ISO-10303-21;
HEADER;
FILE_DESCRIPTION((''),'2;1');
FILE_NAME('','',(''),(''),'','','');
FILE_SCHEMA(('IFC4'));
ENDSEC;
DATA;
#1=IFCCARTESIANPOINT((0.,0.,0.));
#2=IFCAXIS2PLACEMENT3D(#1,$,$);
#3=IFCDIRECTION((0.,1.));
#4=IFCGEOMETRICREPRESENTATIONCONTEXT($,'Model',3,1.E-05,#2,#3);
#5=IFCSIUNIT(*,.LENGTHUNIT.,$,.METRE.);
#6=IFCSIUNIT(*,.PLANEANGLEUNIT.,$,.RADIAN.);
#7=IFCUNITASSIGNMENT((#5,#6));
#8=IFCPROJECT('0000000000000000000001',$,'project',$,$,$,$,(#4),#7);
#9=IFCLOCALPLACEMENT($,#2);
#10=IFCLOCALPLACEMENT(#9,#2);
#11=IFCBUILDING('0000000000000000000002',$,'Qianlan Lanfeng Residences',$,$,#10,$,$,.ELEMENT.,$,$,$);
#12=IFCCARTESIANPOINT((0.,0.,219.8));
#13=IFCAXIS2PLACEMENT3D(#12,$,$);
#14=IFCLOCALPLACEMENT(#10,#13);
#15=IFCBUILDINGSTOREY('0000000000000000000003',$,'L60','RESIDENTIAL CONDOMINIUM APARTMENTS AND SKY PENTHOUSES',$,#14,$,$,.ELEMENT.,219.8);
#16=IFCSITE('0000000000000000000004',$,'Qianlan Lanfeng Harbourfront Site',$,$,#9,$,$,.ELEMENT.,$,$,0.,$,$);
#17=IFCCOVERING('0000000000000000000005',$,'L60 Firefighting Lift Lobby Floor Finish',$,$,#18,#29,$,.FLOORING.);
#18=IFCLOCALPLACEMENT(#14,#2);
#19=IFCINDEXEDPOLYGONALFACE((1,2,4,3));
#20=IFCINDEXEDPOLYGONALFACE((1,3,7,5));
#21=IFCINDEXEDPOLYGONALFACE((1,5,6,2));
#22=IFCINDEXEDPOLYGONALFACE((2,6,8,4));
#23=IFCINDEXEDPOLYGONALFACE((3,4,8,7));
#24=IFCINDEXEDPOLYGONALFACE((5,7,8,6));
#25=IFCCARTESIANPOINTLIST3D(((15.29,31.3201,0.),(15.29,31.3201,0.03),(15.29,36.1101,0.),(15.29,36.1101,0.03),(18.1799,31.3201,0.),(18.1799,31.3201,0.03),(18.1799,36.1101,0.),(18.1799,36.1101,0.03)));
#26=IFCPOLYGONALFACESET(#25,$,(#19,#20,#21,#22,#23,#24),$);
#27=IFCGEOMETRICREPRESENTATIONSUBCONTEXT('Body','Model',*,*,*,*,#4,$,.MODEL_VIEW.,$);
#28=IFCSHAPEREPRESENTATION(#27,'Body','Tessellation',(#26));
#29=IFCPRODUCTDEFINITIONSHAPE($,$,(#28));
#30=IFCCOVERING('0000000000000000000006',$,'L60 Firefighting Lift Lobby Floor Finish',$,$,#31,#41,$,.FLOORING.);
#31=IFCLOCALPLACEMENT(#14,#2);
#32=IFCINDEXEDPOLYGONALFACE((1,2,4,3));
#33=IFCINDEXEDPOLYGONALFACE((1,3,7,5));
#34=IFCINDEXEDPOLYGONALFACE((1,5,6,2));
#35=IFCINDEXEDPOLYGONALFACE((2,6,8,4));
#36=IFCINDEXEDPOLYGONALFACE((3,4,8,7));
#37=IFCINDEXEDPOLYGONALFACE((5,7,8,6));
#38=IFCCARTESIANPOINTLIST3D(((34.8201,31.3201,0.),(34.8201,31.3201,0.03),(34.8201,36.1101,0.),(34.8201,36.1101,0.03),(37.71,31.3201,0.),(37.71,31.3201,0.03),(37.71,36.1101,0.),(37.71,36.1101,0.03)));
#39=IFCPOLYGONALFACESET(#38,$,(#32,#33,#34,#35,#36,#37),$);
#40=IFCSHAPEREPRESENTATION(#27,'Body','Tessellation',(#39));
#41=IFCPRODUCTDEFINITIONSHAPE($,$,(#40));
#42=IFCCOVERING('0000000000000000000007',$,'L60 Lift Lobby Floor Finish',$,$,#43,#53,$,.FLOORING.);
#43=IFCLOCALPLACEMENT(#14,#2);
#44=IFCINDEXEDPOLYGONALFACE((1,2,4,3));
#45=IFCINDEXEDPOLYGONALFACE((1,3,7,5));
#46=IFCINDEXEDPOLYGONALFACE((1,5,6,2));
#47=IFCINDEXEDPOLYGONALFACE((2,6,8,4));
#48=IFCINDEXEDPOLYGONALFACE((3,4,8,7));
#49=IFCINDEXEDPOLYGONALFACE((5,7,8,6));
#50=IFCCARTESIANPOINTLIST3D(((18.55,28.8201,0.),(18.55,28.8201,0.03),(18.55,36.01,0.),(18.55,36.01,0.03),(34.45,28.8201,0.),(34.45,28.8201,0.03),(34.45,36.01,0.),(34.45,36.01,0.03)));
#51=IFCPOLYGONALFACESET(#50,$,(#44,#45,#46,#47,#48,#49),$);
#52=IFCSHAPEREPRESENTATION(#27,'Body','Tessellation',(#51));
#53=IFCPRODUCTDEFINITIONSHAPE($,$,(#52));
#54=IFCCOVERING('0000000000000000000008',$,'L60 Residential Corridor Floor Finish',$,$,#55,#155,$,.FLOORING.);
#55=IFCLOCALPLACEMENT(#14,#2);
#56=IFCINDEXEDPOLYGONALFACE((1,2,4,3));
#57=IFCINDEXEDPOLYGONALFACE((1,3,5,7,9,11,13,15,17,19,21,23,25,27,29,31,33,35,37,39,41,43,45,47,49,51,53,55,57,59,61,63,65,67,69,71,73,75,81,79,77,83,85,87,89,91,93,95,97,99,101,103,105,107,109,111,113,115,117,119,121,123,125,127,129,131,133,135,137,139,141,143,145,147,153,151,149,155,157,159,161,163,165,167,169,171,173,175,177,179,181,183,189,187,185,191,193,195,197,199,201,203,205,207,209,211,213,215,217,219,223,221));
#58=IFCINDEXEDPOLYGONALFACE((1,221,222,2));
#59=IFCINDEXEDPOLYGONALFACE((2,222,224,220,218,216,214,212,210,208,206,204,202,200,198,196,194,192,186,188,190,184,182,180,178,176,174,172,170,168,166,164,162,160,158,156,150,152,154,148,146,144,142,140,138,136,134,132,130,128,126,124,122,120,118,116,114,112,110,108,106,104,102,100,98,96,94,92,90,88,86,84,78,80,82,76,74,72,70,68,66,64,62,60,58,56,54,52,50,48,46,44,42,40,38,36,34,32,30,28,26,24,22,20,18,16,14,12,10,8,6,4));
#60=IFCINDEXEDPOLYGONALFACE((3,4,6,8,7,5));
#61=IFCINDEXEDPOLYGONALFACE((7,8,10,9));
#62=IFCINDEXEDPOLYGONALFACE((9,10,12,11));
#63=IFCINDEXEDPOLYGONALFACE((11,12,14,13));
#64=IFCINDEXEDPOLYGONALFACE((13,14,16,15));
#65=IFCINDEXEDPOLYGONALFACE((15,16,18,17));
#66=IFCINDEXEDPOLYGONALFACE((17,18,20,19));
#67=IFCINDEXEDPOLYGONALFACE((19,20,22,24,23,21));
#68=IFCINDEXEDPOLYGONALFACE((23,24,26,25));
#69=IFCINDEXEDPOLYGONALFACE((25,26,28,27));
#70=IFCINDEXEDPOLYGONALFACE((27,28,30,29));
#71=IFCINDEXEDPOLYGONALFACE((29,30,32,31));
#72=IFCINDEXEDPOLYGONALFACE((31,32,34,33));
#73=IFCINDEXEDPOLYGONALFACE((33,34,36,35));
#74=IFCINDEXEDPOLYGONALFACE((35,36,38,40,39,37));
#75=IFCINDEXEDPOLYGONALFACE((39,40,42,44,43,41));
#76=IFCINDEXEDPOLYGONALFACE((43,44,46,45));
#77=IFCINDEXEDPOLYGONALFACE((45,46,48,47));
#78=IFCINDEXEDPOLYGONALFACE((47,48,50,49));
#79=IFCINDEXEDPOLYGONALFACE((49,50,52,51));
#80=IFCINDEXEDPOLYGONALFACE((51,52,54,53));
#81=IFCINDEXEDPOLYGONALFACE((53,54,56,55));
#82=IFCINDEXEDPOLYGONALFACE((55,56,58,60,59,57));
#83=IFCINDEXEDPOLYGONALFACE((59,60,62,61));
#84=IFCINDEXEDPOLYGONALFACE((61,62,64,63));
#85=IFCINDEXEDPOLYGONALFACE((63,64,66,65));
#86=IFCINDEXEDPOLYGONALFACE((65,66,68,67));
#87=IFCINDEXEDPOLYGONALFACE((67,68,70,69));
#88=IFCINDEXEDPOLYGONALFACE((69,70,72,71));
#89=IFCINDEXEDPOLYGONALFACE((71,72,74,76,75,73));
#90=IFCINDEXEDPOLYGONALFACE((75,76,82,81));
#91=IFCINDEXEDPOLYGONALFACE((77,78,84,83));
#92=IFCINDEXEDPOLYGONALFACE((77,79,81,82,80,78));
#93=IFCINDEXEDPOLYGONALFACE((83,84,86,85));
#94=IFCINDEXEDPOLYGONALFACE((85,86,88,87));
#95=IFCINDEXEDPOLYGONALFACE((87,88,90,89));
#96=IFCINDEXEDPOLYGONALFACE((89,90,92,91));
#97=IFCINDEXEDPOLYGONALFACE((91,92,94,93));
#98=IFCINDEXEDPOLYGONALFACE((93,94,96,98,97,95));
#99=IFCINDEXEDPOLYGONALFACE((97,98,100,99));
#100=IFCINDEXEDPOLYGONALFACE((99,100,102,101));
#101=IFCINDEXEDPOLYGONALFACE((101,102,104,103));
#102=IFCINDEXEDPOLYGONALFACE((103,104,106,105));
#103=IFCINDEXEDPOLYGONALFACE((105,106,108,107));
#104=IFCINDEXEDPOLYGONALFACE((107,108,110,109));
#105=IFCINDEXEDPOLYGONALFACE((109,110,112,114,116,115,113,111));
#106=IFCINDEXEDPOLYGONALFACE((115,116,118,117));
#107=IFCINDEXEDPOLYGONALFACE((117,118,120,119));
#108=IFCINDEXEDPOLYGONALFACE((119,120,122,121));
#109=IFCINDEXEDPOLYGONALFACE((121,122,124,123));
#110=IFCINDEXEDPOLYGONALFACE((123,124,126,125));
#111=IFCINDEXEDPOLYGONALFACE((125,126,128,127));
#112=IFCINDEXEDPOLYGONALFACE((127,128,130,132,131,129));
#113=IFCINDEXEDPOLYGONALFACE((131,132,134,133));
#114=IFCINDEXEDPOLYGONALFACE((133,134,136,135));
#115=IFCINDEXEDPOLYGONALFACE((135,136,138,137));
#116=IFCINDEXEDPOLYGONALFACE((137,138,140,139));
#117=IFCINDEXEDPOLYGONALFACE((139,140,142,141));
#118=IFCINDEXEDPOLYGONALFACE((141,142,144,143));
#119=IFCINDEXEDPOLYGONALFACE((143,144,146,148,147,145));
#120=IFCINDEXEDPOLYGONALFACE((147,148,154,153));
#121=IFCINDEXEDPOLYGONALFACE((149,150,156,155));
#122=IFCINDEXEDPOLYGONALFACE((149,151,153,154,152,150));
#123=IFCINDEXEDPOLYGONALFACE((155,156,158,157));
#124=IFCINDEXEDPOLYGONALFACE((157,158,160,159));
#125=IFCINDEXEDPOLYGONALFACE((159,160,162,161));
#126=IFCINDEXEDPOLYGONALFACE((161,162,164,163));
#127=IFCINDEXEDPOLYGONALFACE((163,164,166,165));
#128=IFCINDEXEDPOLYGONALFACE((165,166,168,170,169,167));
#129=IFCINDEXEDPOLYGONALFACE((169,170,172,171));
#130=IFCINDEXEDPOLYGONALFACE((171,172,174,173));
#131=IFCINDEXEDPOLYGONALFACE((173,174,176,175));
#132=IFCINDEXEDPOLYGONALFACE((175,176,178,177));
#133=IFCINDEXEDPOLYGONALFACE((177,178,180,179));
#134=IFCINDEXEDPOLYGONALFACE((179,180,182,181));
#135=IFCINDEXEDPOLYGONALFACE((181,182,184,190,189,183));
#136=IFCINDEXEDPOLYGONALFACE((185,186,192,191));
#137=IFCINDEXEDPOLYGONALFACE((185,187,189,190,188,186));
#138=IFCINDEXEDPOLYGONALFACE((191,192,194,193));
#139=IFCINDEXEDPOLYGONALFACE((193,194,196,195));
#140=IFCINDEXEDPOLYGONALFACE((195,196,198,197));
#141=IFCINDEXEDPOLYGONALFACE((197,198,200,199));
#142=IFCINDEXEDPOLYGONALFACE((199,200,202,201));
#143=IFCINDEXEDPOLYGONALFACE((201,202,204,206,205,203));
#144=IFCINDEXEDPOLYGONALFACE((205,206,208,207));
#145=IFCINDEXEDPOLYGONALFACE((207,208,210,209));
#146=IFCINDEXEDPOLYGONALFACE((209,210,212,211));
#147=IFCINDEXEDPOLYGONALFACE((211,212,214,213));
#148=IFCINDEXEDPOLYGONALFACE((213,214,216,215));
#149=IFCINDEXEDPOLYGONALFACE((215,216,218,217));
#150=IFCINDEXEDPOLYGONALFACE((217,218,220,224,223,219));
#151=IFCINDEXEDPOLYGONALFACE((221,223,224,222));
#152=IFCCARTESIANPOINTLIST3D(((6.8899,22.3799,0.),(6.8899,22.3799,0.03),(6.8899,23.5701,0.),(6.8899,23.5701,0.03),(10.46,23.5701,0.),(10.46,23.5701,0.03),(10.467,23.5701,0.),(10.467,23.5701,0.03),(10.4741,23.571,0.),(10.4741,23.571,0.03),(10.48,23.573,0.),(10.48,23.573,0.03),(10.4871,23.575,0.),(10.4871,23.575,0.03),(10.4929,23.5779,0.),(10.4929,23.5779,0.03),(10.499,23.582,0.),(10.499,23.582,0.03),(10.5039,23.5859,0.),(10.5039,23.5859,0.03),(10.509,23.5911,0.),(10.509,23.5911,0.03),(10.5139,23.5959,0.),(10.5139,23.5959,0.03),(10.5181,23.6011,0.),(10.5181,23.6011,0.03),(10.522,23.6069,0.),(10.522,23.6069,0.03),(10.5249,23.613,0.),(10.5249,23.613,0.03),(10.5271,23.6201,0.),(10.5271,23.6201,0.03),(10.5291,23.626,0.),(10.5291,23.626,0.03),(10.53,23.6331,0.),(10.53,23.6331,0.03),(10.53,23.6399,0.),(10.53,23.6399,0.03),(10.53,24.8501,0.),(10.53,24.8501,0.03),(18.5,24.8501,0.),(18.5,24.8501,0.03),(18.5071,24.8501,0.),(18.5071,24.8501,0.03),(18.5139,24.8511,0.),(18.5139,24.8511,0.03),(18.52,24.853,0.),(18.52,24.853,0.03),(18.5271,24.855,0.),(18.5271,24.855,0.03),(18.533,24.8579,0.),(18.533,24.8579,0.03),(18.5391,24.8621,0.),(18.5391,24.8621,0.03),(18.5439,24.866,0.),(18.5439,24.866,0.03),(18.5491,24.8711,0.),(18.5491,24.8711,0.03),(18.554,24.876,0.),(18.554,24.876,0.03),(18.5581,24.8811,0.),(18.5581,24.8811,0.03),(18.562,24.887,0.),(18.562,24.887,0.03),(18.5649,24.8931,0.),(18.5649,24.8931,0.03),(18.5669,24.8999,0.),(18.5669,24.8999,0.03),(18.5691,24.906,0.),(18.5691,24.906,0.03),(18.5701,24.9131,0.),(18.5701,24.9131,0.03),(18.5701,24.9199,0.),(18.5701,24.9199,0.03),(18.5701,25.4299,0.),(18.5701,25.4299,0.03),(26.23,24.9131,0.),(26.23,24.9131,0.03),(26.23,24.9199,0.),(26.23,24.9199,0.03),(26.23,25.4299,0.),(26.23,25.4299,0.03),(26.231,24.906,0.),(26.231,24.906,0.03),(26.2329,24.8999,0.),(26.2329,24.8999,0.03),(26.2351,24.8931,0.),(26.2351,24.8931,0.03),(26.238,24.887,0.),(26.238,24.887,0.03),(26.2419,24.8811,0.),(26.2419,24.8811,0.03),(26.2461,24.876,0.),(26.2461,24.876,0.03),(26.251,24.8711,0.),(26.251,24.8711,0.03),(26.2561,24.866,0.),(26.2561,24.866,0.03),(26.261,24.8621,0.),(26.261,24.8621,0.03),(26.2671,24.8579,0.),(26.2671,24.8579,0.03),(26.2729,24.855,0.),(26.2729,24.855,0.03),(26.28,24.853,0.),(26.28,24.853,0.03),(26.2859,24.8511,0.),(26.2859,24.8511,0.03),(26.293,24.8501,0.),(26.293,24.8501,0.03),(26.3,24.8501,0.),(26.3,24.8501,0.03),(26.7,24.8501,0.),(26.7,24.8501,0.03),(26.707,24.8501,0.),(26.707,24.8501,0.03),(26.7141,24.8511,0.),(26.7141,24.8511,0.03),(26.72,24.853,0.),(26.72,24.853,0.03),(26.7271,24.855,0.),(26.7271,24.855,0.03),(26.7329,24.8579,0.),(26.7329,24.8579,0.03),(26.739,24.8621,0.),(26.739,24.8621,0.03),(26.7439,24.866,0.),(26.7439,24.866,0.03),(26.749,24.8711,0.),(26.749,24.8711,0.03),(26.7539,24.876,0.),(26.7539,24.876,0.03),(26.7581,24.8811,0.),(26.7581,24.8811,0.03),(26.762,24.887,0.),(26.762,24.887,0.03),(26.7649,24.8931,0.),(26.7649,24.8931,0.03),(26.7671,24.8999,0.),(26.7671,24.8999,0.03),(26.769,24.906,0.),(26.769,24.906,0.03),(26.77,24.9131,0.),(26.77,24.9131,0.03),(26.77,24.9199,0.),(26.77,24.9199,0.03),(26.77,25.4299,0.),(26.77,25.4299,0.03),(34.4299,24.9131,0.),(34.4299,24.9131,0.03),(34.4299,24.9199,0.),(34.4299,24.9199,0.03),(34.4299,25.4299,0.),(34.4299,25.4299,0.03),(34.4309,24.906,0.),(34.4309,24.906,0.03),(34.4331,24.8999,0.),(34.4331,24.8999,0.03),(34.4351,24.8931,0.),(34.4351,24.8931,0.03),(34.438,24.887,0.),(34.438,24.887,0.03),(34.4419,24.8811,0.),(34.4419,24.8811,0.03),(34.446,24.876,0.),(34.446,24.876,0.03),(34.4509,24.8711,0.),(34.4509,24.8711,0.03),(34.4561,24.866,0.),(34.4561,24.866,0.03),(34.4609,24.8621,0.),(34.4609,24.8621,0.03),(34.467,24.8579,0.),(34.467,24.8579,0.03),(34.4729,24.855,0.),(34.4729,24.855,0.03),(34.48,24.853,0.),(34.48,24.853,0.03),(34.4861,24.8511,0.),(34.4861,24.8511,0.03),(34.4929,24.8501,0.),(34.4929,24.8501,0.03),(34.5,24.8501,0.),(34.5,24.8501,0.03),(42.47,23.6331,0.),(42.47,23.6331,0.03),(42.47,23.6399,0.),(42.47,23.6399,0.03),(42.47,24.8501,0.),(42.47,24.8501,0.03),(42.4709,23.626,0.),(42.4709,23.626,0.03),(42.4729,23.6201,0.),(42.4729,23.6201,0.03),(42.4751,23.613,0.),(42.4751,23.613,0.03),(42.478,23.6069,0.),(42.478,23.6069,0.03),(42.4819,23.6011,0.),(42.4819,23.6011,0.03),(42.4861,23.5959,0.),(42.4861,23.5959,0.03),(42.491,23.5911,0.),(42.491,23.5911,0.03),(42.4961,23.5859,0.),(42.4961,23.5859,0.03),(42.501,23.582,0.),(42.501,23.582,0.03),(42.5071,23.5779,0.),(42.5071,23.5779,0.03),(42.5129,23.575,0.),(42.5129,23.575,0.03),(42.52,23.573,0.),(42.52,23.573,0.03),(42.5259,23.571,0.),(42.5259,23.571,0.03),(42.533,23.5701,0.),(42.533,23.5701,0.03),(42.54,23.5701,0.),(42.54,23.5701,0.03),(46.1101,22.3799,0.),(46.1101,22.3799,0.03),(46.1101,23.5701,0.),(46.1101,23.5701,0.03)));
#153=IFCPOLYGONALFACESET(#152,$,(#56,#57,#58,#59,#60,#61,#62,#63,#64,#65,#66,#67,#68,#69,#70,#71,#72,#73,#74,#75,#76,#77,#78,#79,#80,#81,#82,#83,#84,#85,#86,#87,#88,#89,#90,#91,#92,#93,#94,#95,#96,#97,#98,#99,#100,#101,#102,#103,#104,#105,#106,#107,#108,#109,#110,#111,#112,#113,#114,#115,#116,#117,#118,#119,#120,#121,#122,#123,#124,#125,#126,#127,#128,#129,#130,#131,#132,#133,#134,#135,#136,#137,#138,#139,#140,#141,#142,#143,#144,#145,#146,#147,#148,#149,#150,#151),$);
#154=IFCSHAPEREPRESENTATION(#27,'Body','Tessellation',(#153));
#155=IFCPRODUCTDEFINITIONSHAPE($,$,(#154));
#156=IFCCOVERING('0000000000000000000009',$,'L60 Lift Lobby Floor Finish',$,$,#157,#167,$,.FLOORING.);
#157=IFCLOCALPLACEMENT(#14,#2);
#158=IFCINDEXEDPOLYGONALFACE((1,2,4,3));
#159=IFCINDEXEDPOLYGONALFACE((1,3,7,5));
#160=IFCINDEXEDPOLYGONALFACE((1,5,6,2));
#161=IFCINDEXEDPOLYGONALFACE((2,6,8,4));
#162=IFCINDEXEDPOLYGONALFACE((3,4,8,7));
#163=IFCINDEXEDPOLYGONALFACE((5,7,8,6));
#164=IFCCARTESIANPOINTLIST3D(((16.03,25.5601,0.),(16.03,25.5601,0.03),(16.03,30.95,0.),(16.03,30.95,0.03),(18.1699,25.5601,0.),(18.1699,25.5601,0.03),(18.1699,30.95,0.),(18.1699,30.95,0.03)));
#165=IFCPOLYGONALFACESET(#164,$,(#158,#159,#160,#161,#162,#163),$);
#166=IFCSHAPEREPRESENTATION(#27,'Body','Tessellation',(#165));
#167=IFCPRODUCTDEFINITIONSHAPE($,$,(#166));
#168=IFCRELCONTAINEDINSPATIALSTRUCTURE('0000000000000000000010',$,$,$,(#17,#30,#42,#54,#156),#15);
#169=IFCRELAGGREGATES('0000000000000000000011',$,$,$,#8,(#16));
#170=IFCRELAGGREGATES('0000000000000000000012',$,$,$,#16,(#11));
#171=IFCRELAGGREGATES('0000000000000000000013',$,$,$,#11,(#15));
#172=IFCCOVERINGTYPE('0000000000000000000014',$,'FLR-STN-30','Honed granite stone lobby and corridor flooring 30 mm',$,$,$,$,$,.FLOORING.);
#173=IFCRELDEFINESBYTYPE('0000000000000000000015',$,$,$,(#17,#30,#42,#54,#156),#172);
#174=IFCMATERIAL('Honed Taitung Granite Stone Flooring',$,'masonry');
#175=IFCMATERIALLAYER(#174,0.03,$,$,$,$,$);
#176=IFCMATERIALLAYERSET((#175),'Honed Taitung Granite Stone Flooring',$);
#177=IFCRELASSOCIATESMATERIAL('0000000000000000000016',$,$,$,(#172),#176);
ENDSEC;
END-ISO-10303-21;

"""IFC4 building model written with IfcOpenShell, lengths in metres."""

from ifc_helpers import new_model, si_unit, direction, frame, origin, place, context, subcontext, project, spatial, polyline, outline, extrude, material, layer, layer_set, type_object, element, save


model = new_model("IFC4")

# Units and contexts
model_context = context("Model", 3, precision=1e-05, world=origin(), true_north=direction((0.0, 1.0)))
body_context = subcontext(model_context, "Body", "Model", "MODEL_VIEW")
ifc_project = project(units=[si_unit("LENGTHUNIT", "METRE"), si_unit("PLANEANGLEUNIT", "RADIAN")], contexts=[model_context])

# Site, building, storey
site_placement = place(None, origin())
site = spatial("IfcSite", under=ifc_project, at=site_placement, Name="Qianlan Lanfeng Harbourfront Site", CompositionType="ELEMENT", RefElevation=0.0)
building_placement = place(site_placement, origin())
building = spatial("IfcBuilding", under=site, at=building_placement, Name="Qianlan Lanfeng Residences", CompositionType="ELEMENT")
storey_placement = place(building_placement, frame((0.0, 0.0, 219.8)))
storey = spatial("IfcBuildingStorey", under=building, at=storey_placement, Name="L60", Description="RESIDENTIAL CONDOMINIUM APARTMENTS AND SKY PENTHOUSES", CompositionType="ELEMENT", Elevation=219.8)

# Coverings
ifc_material_1 = material(Name="Honed Taitung Granite Stone Flooring", Category="masonry")
ifc_layer_1 = layer(ifc_material_1, 0.03)
ifc_layer_set_1 = layer_set([ifc_layer_1], Name="Honed Taitung Granite Stone Flooring")
covering_type_1 = type_object("IfcCoveringType", Name="FLR-STN-30", Description="Honed granite stone lobby and corridor flooring 30 mm", PredefinedType="FLOORING", material=ifc_layer_set_1)
covering_1_placement = place(storey_placement, origin())
element("IfcCovering", 1, at=covering_1_placement, inside=storey, type_object=covering_type_1, Name="L60 Firefighting Lift Lobby Floor Finish", PredefinedType="FLOORING", context=body_context, shape_type="SweptSolid", body=[
    extrude(outline(polyline([(15.29, 31.3201), (18.1799, 31.3201), (18.1799, 36.1101), (15.29, 36.1101), (15.29, 31.3201)])), origin(), (0.0, 0.0, 1.0), 0.03),
])
covering_2_placement = place(storey_placement, origin())
element("IfcCovering", 2, at=covering_2_placement, inside=storey, type_object=covering_type_1, Name="L60 Firefighting Lift Lobby Floor Finish", PredefinedType="FLOORING", context=body_context, shape_type="SweptSolid", body=[
    extrude(outline(polyline([(34.8201, 31.3201), (37.71, 31.3201), (37.71, 36.1101), (34.8201, 36.1101), (34.8201, 31.3201)])), origin(), (0.0, 0.0, 1.0), 0.03),
])
covering_3_placement = place(storey_placement, origin())
element("IfcCovering", 3, at=covering_3_placement, inside=storey, type_object=covering_type_1, Name="L60 Lift Lobby Floor Finish", PredefinedType="FLOORING", context=body_context, shape_type="SweptSolid", body=[
    extrude(outline(polyline([(18.55, 28.8201), (34.45, 28.8201), (34.45, 36.01), (18.55, 36.01), (18.55, 28.8201)])), origin(), (0.0, 0.0, 1.0), 0.03),
])
covering_4_placement = place(storey_placement, origin())
element("IfcCovering", 4, at=covering_4_placement, inside=storey, type_object=covering_type_1, Name="L60 Residential Corridor Floor Finish", PredefinedType="FLOORING", context=body_context, shape_type="SweptSolid", body=[
    extrude(outline(polyline([(6.8899, 22.3799), (46.1101, 22.3799), (46.1101, 23.5701), (42.54, 23.5701), (42.533, 23.5701), (42.5259, 23.571), (42.52, 23.573), (42.5129, 23.575), (42.5071, 23.5779), (42.501, 23.582), (42.4961, 23.5859), (42.491, 23.5911), (42.4861, 23.5959), (42.4819, 23.6011), (42.478, 23.6069), (42.4751, 23.613), (42.4729, 23.6201), (42.4709, 23.626), (42.47, 23.6331), (42.47, 23.6399), (42.47, 24.8501), (34.5, 24.8501), (34.4929, 24.8501), (34.4861, 24.8511), (34.48, 24.853), (34.4729, 24.855), (34.467, 24.8579), (34.4609, 24.8621), (34.4561, 24.866), (34.4509, 24.8711), (34.446, 24.876), (34.4419, 24.8811), (34.438, 24.887), (34.4351, 24.8931), (34.4331, 24.8999), (34.4309, 24.906), (34.4299, 24.9131), (34.4299, 24.9199), (34.4299, 25.4299), (26.77, 25.4299), (26.77, 24.9199), (26.77, 24.9131), (26.769, 24.906), (26.7671, 24.8999), (26.7649, 24.8931), (26.762, 24.887), (26.7581, 24.8811), (26.7539, 24.876), (26.749, 24.8711), (26.7439, 24.866), (26.739, 24.8621), (26.7329, 24.8579), (26.7271, 24.855), (26.72, 24.853), (26.7141, 24.8511), (26.707, 24.8501), (26.7, 24.8501), (26.3, 24.8501), (26.293, 24.8501), (26.2859, 24.8511), (26.28, 24.853), (26.2729, 24.855), (26.2671, 24.8579), (26.261, 24.8621), (26.2561, 24.866), (26.251, 24.8711), (26.2461, 24.876), (26.2419, 24.8811), (26.238, 24.887), (26.2351, 24.8931), (26.2329, 24.8999), (26.231, 24.906), (26.23, 24.9131), (26.23, 24.9199), (26.23, 25.4299), (18.5701, 25.4299), (18.5701, 24.9199), (18.5701, 24.9131), (18.5691, 24.906), (18.5669, 24.8999), (18.5649, 24.8931), (18.562, 24.887), (18.5581, 24.8811), (18.554, 24.876), (18.5491, 24.8711), (18.5439, 24.866), (18.5391, 24.8621), (18.533, 24.8579), (18.5271, 24.855), (18.52, 24.853), (18.5139, 24.8511), (18.5071, 24.8501), (18.5, 24.8501), (10.53, 24.8501), (10.53, 23.6399), (10.53, 23.6331), (10.5291, 23.626), (10.5271, 23.6201), (10.5249, 23.613), (10.522, 23.6069), (10.5181, 23.6011), (10.5139, 23.5959), (10.509, 23.5911), (10.5039, 23.5859), (10.499, 23.582), (10.4929, 23.5779), (10.4871, 23.575), (10.48, 23.573), (10.4741, 23.571), (10.467, 23.5701), (10.46, 23.5701), (6.8899, 23.5701), (6.8899, 22.3799)])), origin(), (0.0, 0.0, 1.0), 0.03),
])
covering_5_placement = place(storey_placement, origin())
element("IfcCovering", 5, at=covering_5_placement, inside=storey, type_object=covering_type_1, Name="L60 Lift Lobby Floor Finish", PredefinedType="FLOORING", context=body_context, shape_type="SweptSolid", body=[
    extrude(outline(polyline([(16.03, 25.5601), (18.1699, 25.5601), (18.1699, 30.95), (16.03, 30.95), (16.03, 25.5601)])), origin(), (0.0, 0.0, 1.0), 0.03),
])

save(model, "model.ifc")
